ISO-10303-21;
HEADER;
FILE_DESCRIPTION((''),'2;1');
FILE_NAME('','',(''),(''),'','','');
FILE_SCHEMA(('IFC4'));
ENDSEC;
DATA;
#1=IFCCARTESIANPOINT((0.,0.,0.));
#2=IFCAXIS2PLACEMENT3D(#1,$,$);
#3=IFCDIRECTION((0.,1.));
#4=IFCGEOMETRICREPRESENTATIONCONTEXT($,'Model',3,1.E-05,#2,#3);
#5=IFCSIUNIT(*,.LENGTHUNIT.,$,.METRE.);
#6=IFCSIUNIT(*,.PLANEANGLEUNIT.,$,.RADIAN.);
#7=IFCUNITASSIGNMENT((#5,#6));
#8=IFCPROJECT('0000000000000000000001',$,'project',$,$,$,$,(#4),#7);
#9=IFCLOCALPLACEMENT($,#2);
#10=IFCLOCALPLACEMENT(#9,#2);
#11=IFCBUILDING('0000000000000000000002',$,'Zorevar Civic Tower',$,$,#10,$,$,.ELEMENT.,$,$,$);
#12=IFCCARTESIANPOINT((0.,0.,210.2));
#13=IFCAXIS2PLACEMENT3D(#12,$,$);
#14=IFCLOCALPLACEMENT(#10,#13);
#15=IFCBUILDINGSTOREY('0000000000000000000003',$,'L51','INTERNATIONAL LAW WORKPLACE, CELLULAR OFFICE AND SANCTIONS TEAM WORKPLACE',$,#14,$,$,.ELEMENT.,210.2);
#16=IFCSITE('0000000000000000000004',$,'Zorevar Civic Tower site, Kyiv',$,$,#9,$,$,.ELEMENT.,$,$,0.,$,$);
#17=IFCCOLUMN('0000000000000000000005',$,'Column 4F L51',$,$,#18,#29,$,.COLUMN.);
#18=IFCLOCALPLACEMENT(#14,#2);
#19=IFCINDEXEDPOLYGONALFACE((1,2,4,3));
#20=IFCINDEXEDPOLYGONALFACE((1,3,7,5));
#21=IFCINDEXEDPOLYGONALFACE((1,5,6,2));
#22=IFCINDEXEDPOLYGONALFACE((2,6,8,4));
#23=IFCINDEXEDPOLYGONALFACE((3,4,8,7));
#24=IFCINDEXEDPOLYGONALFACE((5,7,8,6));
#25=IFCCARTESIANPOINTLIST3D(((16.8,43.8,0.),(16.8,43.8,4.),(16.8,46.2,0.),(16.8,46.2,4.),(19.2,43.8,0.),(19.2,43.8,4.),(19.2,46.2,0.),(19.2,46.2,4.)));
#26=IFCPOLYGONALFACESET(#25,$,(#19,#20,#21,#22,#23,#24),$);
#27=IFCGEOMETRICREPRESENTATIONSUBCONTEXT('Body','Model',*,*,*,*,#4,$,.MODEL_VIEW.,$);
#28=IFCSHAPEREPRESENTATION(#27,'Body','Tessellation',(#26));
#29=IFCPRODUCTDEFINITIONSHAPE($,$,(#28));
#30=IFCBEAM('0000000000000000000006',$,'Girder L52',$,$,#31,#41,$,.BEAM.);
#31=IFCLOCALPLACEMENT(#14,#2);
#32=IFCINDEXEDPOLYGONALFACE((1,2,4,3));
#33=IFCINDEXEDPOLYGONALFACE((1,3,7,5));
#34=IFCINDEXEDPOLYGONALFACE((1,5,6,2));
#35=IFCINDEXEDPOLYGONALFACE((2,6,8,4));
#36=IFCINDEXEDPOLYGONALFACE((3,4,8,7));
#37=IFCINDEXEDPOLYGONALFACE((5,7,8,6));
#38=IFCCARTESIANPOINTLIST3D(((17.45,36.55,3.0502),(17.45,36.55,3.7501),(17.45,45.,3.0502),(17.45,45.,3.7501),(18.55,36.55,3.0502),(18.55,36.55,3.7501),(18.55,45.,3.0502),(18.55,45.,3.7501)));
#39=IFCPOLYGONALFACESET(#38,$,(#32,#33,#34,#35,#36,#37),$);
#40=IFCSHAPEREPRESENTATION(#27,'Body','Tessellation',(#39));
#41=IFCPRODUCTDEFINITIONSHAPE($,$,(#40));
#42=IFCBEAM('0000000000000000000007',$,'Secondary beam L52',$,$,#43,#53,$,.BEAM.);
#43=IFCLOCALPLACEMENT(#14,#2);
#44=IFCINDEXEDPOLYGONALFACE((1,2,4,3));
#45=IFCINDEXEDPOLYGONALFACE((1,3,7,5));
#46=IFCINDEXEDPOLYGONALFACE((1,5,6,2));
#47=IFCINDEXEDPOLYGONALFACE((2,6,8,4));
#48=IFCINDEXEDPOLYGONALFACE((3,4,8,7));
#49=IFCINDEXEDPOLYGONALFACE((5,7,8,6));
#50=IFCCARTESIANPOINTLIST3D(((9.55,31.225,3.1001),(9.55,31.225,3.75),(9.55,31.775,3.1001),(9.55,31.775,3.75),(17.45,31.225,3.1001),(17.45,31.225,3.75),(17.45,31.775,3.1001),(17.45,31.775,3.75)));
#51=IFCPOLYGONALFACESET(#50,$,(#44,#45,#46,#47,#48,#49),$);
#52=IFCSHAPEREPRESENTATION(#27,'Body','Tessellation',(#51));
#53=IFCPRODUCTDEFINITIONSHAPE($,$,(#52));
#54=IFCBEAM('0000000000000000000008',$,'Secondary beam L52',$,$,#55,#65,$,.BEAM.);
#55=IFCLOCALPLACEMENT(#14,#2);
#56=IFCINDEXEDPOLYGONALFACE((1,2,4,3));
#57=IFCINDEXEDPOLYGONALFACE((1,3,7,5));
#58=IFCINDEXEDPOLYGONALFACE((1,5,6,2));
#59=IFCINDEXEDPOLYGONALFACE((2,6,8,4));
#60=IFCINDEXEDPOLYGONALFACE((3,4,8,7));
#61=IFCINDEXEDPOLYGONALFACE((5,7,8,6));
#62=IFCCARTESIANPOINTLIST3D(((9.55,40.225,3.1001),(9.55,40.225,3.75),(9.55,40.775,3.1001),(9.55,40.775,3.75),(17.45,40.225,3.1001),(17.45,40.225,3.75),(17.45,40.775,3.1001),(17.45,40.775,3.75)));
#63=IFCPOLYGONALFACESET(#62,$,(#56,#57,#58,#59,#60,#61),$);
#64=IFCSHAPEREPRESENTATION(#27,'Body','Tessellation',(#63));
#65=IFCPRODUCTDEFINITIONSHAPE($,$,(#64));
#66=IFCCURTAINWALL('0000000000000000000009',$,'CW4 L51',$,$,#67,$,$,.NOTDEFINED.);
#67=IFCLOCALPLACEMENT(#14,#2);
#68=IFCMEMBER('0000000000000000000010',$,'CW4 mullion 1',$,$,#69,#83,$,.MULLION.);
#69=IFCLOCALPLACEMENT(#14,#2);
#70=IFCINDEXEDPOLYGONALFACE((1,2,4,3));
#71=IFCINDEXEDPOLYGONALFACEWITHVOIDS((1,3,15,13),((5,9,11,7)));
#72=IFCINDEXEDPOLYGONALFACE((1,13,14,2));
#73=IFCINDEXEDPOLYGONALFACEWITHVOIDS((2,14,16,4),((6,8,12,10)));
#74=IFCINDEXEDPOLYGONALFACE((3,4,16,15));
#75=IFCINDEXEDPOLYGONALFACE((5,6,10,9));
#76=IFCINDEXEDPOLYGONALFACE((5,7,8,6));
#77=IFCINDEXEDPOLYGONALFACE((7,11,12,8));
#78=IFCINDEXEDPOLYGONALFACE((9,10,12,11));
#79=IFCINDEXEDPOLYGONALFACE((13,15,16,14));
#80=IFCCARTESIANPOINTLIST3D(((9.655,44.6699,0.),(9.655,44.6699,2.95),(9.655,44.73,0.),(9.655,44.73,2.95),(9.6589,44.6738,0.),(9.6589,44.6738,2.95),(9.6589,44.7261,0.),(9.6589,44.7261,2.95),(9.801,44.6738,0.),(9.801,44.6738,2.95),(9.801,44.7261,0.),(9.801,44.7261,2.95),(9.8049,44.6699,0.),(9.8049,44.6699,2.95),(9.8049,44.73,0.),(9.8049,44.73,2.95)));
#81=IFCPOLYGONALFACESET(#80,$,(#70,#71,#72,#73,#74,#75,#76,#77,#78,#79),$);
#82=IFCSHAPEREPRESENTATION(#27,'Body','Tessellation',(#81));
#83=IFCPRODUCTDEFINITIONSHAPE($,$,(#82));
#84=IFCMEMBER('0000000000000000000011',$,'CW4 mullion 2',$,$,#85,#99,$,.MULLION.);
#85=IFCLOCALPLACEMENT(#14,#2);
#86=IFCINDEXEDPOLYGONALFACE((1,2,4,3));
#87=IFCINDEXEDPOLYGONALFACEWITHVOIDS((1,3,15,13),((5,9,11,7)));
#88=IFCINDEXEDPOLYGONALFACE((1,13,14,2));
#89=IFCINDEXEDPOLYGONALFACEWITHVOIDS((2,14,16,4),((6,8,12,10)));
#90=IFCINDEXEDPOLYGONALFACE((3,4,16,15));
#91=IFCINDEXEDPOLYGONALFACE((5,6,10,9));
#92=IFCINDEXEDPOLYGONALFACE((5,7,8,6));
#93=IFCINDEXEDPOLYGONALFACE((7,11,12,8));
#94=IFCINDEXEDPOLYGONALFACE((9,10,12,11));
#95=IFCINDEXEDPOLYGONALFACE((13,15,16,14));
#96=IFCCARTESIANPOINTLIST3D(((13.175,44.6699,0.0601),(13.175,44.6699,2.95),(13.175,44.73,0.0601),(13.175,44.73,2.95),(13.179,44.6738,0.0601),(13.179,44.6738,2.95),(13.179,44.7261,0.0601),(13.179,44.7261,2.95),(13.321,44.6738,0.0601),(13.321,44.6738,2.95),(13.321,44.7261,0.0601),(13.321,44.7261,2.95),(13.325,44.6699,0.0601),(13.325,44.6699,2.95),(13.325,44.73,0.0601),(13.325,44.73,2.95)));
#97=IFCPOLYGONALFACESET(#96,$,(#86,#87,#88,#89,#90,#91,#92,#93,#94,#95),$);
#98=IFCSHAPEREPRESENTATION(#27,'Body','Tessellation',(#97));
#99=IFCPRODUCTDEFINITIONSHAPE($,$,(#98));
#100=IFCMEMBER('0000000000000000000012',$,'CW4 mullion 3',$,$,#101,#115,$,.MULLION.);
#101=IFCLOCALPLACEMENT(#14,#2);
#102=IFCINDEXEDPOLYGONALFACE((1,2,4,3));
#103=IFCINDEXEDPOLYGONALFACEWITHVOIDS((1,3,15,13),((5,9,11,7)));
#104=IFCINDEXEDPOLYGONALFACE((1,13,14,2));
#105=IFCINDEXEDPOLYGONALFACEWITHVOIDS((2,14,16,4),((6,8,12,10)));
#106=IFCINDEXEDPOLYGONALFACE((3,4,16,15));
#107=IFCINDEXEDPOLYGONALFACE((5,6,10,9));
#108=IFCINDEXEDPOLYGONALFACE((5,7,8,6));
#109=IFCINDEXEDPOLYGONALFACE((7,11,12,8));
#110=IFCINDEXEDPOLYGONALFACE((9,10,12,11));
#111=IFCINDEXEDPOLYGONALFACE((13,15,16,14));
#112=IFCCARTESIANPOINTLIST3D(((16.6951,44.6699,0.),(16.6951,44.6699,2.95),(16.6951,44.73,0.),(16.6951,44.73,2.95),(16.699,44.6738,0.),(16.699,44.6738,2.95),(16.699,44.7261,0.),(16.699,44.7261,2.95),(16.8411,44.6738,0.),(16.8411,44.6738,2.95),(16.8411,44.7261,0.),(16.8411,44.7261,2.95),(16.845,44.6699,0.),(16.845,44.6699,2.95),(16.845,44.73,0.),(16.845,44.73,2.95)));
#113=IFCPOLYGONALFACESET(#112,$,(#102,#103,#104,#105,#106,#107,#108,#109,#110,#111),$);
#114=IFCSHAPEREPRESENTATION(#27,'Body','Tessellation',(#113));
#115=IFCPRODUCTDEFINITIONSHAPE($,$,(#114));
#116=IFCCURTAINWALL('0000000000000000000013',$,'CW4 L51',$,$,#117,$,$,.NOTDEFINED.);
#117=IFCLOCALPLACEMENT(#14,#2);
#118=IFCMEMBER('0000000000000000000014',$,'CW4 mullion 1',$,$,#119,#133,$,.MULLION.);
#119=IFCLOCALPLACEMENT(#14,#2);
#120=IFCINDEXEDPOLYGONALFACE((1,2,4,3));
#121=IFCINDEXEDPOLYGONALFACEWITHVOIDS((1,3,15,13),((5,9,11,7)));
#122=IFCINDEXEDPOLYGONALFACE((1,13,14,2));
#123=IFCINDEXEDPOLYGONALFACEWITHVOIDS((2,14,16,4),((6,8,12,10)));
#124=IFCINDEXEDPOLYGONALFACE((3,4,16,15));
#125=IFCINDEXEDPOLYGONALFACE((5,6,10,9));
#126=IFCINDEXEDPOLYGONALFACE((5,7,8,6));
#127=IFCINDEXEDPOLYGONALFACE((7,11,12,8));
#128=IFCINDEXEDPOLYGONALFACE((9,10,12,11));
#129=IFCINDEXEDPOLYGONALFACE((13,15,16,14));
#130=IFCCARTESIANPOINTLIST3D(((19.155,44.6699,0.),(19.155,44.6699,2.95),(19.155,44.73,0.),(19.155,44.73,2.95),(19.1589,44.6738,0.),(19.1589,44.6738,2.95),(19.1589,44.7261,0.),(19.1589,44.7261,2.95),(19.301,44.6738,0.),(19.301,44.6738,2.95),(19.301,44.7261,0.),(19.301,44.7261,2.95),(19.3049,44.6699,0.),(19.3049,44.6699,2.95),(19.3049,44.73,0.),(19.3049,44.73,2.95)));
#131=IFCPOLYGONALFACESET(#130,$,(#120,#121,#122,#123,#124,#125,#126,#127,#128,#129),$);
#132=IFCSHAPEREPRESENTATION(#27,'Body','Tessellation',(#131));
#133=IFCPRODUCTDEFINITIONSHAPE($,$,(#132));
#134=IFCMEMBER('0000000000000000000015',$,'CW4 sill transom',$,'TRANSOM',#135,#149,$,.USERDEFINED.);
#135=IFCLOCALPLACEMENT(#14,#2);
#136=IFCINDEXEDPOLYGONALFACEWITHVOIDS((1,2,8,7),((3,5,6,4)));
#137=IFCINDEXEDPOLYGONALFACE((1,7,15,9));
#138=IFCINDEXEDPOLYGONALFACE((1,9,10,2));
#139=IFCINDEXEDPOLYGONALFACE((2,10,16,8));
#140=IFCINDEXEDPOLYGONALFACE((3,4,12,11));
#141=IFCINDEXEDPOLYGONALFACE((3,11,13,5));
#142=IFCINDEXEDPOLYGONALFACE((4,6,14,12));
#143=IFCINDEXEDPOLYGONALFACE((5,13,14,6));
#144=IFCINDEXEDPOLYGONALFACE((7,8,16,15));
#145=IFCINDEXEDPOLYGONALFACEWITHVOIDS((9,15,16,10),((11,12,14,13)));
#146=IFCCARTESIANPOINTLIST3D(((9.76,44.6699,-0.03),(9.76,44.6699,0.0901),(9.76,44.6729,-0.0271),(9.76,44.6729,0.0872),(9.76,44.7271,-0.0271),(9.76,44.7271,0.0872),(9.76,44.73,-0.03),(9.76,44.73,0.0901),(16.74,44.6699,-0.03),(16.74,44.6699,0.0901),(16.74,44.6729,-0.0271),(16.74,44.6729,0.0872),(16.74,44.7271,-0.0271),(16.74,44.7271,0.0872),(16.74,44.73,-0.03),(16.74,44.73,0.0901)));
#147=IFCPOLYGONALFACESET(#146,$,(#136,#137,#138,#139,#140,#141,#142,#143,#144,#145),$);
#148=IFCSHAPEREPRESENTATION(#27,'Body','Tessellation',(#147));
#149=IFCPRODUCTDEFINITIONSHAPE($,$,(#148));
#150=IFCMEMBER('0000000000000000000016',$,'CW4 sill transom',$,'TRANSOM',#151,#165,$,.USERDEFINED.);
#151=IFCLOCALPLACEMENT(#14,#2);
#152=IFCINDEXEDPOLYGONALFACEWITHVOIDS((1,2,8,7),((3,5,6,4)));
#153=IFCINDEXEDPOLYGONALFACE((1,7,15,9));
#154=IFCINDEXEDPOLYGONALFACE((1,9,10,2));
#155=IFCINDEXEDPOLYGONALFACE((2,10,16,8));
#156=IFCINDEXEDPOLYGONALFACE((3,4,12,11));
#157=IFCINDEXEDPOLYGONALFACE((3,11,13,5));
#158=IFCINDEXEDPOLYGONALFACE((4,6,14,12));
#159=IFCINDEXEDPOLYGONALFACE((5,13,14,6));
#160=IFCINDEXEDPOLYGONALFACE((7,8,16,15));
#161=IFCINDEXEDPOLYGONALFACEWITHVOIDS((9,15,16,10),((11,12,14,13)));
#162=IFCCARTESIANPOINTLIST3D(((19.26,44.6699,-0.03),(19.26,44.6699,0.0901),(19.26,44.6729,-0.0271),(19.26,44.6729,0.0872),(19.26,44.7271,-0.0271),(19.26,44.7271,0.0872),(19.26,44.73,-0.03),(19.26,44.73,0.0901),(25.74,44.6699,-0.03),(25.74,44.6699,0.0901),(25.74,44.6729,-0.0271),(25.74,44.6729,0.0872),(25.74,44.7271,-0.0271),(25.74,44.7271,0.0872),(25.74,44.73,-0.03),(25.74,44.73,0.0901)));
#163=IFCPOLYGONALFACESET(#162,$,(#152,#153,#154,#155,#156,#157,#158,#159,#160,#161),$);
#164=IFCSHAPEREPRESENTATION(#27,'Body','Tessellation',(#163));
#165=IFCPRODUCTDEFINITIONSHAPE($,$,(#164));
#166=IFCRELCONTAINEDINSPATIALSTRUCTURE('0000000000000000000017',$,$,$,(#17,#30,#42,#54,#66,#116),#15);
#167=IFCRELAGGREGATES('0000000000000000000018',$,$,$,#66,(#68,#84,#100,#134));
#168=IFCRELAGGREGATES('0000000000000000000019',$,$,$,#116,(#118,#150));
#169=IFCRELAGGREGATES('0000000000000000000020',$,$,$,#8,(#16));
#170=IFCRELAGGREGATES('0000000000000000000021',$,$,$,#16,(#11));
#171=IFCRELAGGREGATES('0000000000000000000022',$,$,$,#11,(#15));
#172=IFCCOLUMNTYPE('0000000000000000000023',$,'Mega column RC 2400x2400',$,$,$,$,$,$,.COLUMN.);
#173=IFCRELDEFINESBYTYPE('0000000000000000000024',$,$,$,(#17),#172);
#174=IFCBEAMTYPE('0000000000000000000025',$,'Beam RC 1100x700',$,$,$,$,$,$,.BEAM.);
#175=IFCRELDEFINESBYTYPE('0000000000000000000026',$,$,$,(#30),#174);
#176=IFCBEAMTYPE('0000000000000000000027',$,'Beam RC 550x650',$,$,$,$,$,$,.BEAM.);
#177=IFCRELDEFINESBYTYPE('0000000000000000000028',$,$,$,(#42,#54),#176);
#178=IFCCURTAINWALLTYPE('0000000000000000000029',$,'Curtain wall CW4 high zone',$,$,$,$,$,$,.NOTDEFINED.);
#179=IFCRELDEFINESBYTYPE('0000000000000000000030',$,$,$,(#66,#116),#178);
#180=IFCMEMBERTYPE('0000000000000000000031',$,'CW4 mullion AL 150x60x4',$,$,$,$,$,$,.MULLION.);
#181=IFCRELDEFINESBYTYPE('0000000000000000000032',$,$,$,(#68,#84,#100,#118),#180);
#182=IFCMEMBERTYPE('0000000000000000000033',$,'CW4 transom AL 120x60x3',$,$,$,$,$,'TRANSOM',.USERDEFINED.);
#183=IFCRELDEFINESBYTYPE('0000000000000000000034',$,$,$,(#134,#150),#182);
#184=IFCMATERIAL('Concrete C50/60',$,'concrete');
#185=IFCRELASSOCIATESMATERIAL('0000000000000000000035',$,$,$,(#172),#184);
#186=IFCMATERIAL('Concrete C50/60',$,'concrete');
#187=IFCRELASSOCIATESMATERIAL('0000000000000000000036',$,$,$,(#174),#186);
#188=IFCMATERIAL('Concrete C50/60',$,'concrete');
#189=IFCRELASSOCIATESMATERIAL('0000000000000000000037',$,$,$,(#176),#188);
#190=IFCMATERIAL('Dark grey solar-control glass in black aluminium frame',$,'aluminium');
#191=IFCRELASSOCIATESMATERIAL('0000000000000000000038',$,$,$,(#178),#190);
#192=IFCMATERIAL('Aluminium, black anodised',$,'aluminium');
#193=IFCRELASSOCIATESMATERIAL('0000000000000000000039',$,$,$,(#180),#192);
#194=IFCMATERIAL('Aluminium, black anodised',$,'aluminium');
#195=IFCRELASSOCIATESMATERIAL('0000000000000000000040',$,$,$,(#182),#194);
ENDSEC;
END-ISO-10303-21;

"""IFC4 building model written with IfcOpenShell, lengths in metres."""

from ifc_helpers import new_model, si_unit, direction, frame, origin, origin_2d, place, context, subcontext, project, spatial, rectangle, hollow_rectangle, extrude, material, material_profile, profile_set, type_object, element, aggregate, save


model = new_model("IFC4")

# Units and contexts
model_context = context("Model", 3, precision=1e-05, world=origin(), true_north=direction((0.0, 1.0)))
body_context = subcontext(model_context, "Body", "Model", "MODEL_VIEW")
ifc_project = project(units=[si_unit("LENGTHUNIT", "METRE"), si_unit("PLANEANGLEUNIT", "RADIAN")], contexts=[model_context])

# Site, building, storey
site_placement = place(None, origin())
site = spatial("IfcSite", under=ifc_project, at=site_placement, Name="Zorevar Civic Tower site, Kyiv", CompositionType="ELEMENT", RefElevation=0.0)
building_placement = place(site_placement, origin())
building = spatial("IfcBuilding", under=site, at=building_placement, Name="Zorevar Civic Tower", CompositionType="ELEMENT")
storey_placement = place(building_placement, frame((0.0, 0.0, 210.2)))
storey = spatial("IfcBuildingStorey", under=building, at=storey_placement, Name="L51", Description="INTERNATIONAL LAW WORKPLACE, CELLULAR OFFICE AND SANCTIONS TEAM WORKPLACE", CompositionType="ELEMENT", Elevation=210.2)

# Column
ifc_material_1 = material(Name="Concrete C50/60", Category="concrete")
ifc_material_profile_1 = material_profile(ifc_material_1, rectangle(XDim=2.3999, YDim=2.3999, at=origin_2d()), Name="RC 2400x2400")
ifc_profile_set_1 = profile_set([ifc_material_profile_1], Name="Concrete C50/60")
column_type = type_object("IfcColumnType", Name="Mega column RC 2400x2400", PredefinedType="COLUMN", material=ifc_profile_set_1)
column_placement = place(storey_placement, frame((18.0, 45.0, 0.0), z_axis=(0.0, 0.0, 1.0), x_axis=(1.0, 0.0, 0.0)))
element("IfcColumn", 1, at=column_placement, inside=storey, type_object=column_type, Name="Column 4F L51", PredefinedType="COLUMN", context=body_context, shape_type="SweptSolid", body=[
    extrude(rectangle(XDim=2.3999, YDim=2.3999, at=origin_2d()), origin(), (0.0, 0.0, 1.0), 4.0),
])

# Beams
ifc_material_2 = material(Name="Concrete C50/60", Category="concrete")
ifc_material_profile_2 = material_profile(ifc_material_2, rectangle(XDim=1.1001, YDim=0.7, at=origin_2d()), Name="RC 1100x700")
ifc_profile_set_2 = profile_set([ifc_material_profile_2], Name="Concrete C50/60")
beam_type_1 = type_object("IfcBeamType", Name="Beam RC 1100x700", PredefinedType="BEAM", material=ifc_profile_set_2)
beam_1_placement = place(storey_placement, frame((18.0, 36.55, 3.4001), z_axis=(0.0, 1.0, 0.0), x_axis=(-1.0, 0.0, 0.0)))
element("IfcBeam", 2, at=beam_1_placement, inside=storey, type_object=beam_type_1, Name="Girder L52", PredefinedType="BEAM", context=body_context, shape_type="SweptSolid", body=[
    extrude(rectangle(XDim=1.1001, YDim=0.7, at=origin_2d()), origin(), (0.0, 0.0, 1.0), 8.45),
])
ifc_material_3 = material(Name="Concrete C50/60", Category="concrete")
ifc_material_profile_3 = material_profile(ifc_material_3, rectangle(XDim=0.55, YDim=0.6499, at=origin_2d()), Name="RC 550x650")
ifc_profile_set_3 = profile_set([ifc_material_profile_3], Name="Concrete C50/60")
beam_type_2 = type_object("IfcBeamType", Name="Beam RC 550x650", PredefinedType="BEAM", material=ifc_profile_set_3)
for number, where, z_axis, x_axis, name in (
    (3, (9.55, 31.5, 3.425), (1.0, 0.0, 0.0), (0.0, 1.0, 0.0), "Secondary beam L52"),
    (4, (9.55, 40.5, 3.425), (1.0, 0.0, 0.0), (0.0, 1.0, 0.0), "Secondary beam L52"),
):
    element("IfcBeam", number, at=place(storey_placement, frame(where, z_axis=z_axis, x_axis=x_axis)), inside=storey, type_object=beam_type_2, Name=name, PredefinedType="BEAM", context=body_context, shape_type="SweptSolid", body=[
        extrude(rectangle(XDim=0.55, YDim=0.6499, at=origin_2d()), origin(), (0.0, 0.0, 1.0), 7.8999),
    ])

# Curtain wall, members
ifc_material_4 = material(Name="Dark grey solar-control glass in black aluminium frame", Category="aluminium")
curtain_wall_type = type_object("IfcCurtainWallType", Name="Curtain wall CW4 high zone", PredefinedType="NOTDEFINED", material=ifc_material_4)
curtain_wall_1_placement = place(storey_placement, origin())
curtain_wall_1 = element("IfcCurtainWall", 5, at=curtain_wall_1_placement, inside=storey, type_object=curtain_wall_type, Name="CW4 L51", PredefinedType="NOTDEFINED")
ifc_material_5 = material(Name="Aluminium, black anodised", Category="aluminium")
ifc_material_profile_4 = material_profile(ifc_material_5, hollow_rectangle(XDim=0.0601, YDim=0.1499, WallThickness=0.0039, at=origin_2d()), Name="AL 150x60x4")
ifc_profile_set_4 = profile_set([ifc_material_profile_4], Name="Aluminium, black anodised")
member_type_1 = type_object("IfcMemberType", Name="CW4 mullion AL 150x60x4", PredefinedType="MULLION", material=ifc_profile_set_4)
member_1_placement = place(storey_placement, frame((9.73, 44.7, 0.0), z_axis=(0.0, 0.0, 1.0), x_axis=(0.0, 1.0, 0.0)))
member_1 = element("IfcMember", 6, at=member_1_placement, type_object=member_type_1, Name="CW4 mullion 1", PredefinedType="MULLION", context=body_context, shape_type="SweptSolid", body=[
    extrude(hollow_rectangle(XDim=0.0601, YDim=0.1499, WallThickness=0.0039, at=origin_2d()), origin(), (0.0, 0.0, 1.0), 2.95),
])
member_2_placement = place(storey_placement, frame((13.25, 44.7, 0.0601), z_axis=(0.0, 0.0, 1.0), x_axis=(0.0, 1.0, 0.0)))
member_2 = element("IfcMember", 7, at=member_2_placement, type_object=member_type_1, Name="CW4 mullion 2", PredefinedType="MULLION", context=body_context, shape_type="SweptSolid", body=[
    extrude(hollow_rectangle(XDim=0.0601, YDim=0.1499, WallThickness=0.0039, at=origin_2d()), origin(), (0.0, 0.0, 1.0), 2.8899),
])
member_3_placement = place(storey_placement, frame((16.77, 44.7, 0.0), z_axis=(0.0, 0.0, 1.0), x_axis=(0.0, 1.0, 0.0)))
member_3 = element("IfcMember", 8, at=member_3_placement, type_object=member_type_1, Name="CW4 mullion 3", PredefinedType="MULLION", context=body_context, shape_type="SweptSolid", body=[
    extrude(hollow_rectangle(XDim=0.0601, YDim=0.1499, WallThickness=0.0039, at=origin_2d()), origin(), (0.0, 0.0, 1.0), 2.95),
])

# Curtain wall, member
curtain_wall_2_placement = place(storey_placement, origin())
curtain_wall_2 = element("IfcCurtainWall", 9, at=curtain_wall_2_placement, inside=storey, type_object=curtain_wall_type, Name="CW4 L51", PredefinedType="NOTDEFINED")
member_4_placement = place(storey_placement, frame((19.23, 44.7, 0.0), z_axis=(0.0, 0.0, 1.0), x_axis=(0.0, 1.0, 0.0)))
member_4 = element("IfcMember", 10, at=member_4_placement, type_object=member_type_1, Name="CW4 mullion 1", PredefinedType="MULLION", context=body_context, shape_type="SweptSolid", body=[
    extrude(hollow_rectangle(XDim=0.0601, YDim=0.1499, WallThickness=0.0039, at=origin_2d()), origin(), (0.0, 0.0, 1.0), 2.95),
])

# Members
ifc_material_6 = material(Name="Aluminium, black anodised", Category="aluminium")
ifc_material_profile_5 = material_profile(ifc_material_6, hollow_rectangle(XDim=0.0601, YDim=0.1201, WallThickness=0.0029, at=origin_2d()), Name="AL 120x60x3")
ifc_profile_set_5 = profile_set([ifc_material_profile_5], Name="Aluminium, black anodised")
member_type_2 = type_object("IfcMemberType", Name="CW4 transom AL 120x60x3", ElementType="TRANSOM", PredefinedType="USERDEFINED", material=ifc_profile_set_5)
member_5_placement = place(storey_placement, frame((9.76, 44.7, 0.03), z_axis=(1.0, 0.0, 0.0), x_axis=(0.0, 1.0, 0.0)))
member_5 = element("IfcMember", 11, at=member_5_placement, type_object=member_type_2, Name="CW4 sill transom", ObjectType="TRANSOM", PredefinedType="USERDEFINED", context=body_context, shape_type="SweptSolid", body=[
    extrude(hollow_rectangle(XDim=0.0601, YDim=0.1201, WallThickness=0.0029, at=origin_2d()), origin(), (0.0, 0.0, 1.0), 6.98),
])
member_6_placement = place(storey_placement, frame((19.26, 44.7, 0.03), z_axis=(1.0, 0.0, 0.0), x_axis=(0.0, 1.0, 0.0)))
member_6 = element("IfcMember", 12, at=member_6_placement, type_object=member_type_2, Name="CW4 sill transom", ObjectType="TRANSOM", PredefinedType="USERDEFINED", context=body_context, shape_type="SweptSolid", body=[
    extrude(hollow_rectangle(XDim=0.0601, YDim=0.1201, WallThickness=0.0029, at=origin_2d()), origin(), (0.0, 0.0, 1.0), 6.48),
])

aggregate(curtain_wall_1, [member_1, member_2, member_3, member_5])
aggregate(curtain_wall_2, [member_4, member_6])

save(model, "model.ifc")
